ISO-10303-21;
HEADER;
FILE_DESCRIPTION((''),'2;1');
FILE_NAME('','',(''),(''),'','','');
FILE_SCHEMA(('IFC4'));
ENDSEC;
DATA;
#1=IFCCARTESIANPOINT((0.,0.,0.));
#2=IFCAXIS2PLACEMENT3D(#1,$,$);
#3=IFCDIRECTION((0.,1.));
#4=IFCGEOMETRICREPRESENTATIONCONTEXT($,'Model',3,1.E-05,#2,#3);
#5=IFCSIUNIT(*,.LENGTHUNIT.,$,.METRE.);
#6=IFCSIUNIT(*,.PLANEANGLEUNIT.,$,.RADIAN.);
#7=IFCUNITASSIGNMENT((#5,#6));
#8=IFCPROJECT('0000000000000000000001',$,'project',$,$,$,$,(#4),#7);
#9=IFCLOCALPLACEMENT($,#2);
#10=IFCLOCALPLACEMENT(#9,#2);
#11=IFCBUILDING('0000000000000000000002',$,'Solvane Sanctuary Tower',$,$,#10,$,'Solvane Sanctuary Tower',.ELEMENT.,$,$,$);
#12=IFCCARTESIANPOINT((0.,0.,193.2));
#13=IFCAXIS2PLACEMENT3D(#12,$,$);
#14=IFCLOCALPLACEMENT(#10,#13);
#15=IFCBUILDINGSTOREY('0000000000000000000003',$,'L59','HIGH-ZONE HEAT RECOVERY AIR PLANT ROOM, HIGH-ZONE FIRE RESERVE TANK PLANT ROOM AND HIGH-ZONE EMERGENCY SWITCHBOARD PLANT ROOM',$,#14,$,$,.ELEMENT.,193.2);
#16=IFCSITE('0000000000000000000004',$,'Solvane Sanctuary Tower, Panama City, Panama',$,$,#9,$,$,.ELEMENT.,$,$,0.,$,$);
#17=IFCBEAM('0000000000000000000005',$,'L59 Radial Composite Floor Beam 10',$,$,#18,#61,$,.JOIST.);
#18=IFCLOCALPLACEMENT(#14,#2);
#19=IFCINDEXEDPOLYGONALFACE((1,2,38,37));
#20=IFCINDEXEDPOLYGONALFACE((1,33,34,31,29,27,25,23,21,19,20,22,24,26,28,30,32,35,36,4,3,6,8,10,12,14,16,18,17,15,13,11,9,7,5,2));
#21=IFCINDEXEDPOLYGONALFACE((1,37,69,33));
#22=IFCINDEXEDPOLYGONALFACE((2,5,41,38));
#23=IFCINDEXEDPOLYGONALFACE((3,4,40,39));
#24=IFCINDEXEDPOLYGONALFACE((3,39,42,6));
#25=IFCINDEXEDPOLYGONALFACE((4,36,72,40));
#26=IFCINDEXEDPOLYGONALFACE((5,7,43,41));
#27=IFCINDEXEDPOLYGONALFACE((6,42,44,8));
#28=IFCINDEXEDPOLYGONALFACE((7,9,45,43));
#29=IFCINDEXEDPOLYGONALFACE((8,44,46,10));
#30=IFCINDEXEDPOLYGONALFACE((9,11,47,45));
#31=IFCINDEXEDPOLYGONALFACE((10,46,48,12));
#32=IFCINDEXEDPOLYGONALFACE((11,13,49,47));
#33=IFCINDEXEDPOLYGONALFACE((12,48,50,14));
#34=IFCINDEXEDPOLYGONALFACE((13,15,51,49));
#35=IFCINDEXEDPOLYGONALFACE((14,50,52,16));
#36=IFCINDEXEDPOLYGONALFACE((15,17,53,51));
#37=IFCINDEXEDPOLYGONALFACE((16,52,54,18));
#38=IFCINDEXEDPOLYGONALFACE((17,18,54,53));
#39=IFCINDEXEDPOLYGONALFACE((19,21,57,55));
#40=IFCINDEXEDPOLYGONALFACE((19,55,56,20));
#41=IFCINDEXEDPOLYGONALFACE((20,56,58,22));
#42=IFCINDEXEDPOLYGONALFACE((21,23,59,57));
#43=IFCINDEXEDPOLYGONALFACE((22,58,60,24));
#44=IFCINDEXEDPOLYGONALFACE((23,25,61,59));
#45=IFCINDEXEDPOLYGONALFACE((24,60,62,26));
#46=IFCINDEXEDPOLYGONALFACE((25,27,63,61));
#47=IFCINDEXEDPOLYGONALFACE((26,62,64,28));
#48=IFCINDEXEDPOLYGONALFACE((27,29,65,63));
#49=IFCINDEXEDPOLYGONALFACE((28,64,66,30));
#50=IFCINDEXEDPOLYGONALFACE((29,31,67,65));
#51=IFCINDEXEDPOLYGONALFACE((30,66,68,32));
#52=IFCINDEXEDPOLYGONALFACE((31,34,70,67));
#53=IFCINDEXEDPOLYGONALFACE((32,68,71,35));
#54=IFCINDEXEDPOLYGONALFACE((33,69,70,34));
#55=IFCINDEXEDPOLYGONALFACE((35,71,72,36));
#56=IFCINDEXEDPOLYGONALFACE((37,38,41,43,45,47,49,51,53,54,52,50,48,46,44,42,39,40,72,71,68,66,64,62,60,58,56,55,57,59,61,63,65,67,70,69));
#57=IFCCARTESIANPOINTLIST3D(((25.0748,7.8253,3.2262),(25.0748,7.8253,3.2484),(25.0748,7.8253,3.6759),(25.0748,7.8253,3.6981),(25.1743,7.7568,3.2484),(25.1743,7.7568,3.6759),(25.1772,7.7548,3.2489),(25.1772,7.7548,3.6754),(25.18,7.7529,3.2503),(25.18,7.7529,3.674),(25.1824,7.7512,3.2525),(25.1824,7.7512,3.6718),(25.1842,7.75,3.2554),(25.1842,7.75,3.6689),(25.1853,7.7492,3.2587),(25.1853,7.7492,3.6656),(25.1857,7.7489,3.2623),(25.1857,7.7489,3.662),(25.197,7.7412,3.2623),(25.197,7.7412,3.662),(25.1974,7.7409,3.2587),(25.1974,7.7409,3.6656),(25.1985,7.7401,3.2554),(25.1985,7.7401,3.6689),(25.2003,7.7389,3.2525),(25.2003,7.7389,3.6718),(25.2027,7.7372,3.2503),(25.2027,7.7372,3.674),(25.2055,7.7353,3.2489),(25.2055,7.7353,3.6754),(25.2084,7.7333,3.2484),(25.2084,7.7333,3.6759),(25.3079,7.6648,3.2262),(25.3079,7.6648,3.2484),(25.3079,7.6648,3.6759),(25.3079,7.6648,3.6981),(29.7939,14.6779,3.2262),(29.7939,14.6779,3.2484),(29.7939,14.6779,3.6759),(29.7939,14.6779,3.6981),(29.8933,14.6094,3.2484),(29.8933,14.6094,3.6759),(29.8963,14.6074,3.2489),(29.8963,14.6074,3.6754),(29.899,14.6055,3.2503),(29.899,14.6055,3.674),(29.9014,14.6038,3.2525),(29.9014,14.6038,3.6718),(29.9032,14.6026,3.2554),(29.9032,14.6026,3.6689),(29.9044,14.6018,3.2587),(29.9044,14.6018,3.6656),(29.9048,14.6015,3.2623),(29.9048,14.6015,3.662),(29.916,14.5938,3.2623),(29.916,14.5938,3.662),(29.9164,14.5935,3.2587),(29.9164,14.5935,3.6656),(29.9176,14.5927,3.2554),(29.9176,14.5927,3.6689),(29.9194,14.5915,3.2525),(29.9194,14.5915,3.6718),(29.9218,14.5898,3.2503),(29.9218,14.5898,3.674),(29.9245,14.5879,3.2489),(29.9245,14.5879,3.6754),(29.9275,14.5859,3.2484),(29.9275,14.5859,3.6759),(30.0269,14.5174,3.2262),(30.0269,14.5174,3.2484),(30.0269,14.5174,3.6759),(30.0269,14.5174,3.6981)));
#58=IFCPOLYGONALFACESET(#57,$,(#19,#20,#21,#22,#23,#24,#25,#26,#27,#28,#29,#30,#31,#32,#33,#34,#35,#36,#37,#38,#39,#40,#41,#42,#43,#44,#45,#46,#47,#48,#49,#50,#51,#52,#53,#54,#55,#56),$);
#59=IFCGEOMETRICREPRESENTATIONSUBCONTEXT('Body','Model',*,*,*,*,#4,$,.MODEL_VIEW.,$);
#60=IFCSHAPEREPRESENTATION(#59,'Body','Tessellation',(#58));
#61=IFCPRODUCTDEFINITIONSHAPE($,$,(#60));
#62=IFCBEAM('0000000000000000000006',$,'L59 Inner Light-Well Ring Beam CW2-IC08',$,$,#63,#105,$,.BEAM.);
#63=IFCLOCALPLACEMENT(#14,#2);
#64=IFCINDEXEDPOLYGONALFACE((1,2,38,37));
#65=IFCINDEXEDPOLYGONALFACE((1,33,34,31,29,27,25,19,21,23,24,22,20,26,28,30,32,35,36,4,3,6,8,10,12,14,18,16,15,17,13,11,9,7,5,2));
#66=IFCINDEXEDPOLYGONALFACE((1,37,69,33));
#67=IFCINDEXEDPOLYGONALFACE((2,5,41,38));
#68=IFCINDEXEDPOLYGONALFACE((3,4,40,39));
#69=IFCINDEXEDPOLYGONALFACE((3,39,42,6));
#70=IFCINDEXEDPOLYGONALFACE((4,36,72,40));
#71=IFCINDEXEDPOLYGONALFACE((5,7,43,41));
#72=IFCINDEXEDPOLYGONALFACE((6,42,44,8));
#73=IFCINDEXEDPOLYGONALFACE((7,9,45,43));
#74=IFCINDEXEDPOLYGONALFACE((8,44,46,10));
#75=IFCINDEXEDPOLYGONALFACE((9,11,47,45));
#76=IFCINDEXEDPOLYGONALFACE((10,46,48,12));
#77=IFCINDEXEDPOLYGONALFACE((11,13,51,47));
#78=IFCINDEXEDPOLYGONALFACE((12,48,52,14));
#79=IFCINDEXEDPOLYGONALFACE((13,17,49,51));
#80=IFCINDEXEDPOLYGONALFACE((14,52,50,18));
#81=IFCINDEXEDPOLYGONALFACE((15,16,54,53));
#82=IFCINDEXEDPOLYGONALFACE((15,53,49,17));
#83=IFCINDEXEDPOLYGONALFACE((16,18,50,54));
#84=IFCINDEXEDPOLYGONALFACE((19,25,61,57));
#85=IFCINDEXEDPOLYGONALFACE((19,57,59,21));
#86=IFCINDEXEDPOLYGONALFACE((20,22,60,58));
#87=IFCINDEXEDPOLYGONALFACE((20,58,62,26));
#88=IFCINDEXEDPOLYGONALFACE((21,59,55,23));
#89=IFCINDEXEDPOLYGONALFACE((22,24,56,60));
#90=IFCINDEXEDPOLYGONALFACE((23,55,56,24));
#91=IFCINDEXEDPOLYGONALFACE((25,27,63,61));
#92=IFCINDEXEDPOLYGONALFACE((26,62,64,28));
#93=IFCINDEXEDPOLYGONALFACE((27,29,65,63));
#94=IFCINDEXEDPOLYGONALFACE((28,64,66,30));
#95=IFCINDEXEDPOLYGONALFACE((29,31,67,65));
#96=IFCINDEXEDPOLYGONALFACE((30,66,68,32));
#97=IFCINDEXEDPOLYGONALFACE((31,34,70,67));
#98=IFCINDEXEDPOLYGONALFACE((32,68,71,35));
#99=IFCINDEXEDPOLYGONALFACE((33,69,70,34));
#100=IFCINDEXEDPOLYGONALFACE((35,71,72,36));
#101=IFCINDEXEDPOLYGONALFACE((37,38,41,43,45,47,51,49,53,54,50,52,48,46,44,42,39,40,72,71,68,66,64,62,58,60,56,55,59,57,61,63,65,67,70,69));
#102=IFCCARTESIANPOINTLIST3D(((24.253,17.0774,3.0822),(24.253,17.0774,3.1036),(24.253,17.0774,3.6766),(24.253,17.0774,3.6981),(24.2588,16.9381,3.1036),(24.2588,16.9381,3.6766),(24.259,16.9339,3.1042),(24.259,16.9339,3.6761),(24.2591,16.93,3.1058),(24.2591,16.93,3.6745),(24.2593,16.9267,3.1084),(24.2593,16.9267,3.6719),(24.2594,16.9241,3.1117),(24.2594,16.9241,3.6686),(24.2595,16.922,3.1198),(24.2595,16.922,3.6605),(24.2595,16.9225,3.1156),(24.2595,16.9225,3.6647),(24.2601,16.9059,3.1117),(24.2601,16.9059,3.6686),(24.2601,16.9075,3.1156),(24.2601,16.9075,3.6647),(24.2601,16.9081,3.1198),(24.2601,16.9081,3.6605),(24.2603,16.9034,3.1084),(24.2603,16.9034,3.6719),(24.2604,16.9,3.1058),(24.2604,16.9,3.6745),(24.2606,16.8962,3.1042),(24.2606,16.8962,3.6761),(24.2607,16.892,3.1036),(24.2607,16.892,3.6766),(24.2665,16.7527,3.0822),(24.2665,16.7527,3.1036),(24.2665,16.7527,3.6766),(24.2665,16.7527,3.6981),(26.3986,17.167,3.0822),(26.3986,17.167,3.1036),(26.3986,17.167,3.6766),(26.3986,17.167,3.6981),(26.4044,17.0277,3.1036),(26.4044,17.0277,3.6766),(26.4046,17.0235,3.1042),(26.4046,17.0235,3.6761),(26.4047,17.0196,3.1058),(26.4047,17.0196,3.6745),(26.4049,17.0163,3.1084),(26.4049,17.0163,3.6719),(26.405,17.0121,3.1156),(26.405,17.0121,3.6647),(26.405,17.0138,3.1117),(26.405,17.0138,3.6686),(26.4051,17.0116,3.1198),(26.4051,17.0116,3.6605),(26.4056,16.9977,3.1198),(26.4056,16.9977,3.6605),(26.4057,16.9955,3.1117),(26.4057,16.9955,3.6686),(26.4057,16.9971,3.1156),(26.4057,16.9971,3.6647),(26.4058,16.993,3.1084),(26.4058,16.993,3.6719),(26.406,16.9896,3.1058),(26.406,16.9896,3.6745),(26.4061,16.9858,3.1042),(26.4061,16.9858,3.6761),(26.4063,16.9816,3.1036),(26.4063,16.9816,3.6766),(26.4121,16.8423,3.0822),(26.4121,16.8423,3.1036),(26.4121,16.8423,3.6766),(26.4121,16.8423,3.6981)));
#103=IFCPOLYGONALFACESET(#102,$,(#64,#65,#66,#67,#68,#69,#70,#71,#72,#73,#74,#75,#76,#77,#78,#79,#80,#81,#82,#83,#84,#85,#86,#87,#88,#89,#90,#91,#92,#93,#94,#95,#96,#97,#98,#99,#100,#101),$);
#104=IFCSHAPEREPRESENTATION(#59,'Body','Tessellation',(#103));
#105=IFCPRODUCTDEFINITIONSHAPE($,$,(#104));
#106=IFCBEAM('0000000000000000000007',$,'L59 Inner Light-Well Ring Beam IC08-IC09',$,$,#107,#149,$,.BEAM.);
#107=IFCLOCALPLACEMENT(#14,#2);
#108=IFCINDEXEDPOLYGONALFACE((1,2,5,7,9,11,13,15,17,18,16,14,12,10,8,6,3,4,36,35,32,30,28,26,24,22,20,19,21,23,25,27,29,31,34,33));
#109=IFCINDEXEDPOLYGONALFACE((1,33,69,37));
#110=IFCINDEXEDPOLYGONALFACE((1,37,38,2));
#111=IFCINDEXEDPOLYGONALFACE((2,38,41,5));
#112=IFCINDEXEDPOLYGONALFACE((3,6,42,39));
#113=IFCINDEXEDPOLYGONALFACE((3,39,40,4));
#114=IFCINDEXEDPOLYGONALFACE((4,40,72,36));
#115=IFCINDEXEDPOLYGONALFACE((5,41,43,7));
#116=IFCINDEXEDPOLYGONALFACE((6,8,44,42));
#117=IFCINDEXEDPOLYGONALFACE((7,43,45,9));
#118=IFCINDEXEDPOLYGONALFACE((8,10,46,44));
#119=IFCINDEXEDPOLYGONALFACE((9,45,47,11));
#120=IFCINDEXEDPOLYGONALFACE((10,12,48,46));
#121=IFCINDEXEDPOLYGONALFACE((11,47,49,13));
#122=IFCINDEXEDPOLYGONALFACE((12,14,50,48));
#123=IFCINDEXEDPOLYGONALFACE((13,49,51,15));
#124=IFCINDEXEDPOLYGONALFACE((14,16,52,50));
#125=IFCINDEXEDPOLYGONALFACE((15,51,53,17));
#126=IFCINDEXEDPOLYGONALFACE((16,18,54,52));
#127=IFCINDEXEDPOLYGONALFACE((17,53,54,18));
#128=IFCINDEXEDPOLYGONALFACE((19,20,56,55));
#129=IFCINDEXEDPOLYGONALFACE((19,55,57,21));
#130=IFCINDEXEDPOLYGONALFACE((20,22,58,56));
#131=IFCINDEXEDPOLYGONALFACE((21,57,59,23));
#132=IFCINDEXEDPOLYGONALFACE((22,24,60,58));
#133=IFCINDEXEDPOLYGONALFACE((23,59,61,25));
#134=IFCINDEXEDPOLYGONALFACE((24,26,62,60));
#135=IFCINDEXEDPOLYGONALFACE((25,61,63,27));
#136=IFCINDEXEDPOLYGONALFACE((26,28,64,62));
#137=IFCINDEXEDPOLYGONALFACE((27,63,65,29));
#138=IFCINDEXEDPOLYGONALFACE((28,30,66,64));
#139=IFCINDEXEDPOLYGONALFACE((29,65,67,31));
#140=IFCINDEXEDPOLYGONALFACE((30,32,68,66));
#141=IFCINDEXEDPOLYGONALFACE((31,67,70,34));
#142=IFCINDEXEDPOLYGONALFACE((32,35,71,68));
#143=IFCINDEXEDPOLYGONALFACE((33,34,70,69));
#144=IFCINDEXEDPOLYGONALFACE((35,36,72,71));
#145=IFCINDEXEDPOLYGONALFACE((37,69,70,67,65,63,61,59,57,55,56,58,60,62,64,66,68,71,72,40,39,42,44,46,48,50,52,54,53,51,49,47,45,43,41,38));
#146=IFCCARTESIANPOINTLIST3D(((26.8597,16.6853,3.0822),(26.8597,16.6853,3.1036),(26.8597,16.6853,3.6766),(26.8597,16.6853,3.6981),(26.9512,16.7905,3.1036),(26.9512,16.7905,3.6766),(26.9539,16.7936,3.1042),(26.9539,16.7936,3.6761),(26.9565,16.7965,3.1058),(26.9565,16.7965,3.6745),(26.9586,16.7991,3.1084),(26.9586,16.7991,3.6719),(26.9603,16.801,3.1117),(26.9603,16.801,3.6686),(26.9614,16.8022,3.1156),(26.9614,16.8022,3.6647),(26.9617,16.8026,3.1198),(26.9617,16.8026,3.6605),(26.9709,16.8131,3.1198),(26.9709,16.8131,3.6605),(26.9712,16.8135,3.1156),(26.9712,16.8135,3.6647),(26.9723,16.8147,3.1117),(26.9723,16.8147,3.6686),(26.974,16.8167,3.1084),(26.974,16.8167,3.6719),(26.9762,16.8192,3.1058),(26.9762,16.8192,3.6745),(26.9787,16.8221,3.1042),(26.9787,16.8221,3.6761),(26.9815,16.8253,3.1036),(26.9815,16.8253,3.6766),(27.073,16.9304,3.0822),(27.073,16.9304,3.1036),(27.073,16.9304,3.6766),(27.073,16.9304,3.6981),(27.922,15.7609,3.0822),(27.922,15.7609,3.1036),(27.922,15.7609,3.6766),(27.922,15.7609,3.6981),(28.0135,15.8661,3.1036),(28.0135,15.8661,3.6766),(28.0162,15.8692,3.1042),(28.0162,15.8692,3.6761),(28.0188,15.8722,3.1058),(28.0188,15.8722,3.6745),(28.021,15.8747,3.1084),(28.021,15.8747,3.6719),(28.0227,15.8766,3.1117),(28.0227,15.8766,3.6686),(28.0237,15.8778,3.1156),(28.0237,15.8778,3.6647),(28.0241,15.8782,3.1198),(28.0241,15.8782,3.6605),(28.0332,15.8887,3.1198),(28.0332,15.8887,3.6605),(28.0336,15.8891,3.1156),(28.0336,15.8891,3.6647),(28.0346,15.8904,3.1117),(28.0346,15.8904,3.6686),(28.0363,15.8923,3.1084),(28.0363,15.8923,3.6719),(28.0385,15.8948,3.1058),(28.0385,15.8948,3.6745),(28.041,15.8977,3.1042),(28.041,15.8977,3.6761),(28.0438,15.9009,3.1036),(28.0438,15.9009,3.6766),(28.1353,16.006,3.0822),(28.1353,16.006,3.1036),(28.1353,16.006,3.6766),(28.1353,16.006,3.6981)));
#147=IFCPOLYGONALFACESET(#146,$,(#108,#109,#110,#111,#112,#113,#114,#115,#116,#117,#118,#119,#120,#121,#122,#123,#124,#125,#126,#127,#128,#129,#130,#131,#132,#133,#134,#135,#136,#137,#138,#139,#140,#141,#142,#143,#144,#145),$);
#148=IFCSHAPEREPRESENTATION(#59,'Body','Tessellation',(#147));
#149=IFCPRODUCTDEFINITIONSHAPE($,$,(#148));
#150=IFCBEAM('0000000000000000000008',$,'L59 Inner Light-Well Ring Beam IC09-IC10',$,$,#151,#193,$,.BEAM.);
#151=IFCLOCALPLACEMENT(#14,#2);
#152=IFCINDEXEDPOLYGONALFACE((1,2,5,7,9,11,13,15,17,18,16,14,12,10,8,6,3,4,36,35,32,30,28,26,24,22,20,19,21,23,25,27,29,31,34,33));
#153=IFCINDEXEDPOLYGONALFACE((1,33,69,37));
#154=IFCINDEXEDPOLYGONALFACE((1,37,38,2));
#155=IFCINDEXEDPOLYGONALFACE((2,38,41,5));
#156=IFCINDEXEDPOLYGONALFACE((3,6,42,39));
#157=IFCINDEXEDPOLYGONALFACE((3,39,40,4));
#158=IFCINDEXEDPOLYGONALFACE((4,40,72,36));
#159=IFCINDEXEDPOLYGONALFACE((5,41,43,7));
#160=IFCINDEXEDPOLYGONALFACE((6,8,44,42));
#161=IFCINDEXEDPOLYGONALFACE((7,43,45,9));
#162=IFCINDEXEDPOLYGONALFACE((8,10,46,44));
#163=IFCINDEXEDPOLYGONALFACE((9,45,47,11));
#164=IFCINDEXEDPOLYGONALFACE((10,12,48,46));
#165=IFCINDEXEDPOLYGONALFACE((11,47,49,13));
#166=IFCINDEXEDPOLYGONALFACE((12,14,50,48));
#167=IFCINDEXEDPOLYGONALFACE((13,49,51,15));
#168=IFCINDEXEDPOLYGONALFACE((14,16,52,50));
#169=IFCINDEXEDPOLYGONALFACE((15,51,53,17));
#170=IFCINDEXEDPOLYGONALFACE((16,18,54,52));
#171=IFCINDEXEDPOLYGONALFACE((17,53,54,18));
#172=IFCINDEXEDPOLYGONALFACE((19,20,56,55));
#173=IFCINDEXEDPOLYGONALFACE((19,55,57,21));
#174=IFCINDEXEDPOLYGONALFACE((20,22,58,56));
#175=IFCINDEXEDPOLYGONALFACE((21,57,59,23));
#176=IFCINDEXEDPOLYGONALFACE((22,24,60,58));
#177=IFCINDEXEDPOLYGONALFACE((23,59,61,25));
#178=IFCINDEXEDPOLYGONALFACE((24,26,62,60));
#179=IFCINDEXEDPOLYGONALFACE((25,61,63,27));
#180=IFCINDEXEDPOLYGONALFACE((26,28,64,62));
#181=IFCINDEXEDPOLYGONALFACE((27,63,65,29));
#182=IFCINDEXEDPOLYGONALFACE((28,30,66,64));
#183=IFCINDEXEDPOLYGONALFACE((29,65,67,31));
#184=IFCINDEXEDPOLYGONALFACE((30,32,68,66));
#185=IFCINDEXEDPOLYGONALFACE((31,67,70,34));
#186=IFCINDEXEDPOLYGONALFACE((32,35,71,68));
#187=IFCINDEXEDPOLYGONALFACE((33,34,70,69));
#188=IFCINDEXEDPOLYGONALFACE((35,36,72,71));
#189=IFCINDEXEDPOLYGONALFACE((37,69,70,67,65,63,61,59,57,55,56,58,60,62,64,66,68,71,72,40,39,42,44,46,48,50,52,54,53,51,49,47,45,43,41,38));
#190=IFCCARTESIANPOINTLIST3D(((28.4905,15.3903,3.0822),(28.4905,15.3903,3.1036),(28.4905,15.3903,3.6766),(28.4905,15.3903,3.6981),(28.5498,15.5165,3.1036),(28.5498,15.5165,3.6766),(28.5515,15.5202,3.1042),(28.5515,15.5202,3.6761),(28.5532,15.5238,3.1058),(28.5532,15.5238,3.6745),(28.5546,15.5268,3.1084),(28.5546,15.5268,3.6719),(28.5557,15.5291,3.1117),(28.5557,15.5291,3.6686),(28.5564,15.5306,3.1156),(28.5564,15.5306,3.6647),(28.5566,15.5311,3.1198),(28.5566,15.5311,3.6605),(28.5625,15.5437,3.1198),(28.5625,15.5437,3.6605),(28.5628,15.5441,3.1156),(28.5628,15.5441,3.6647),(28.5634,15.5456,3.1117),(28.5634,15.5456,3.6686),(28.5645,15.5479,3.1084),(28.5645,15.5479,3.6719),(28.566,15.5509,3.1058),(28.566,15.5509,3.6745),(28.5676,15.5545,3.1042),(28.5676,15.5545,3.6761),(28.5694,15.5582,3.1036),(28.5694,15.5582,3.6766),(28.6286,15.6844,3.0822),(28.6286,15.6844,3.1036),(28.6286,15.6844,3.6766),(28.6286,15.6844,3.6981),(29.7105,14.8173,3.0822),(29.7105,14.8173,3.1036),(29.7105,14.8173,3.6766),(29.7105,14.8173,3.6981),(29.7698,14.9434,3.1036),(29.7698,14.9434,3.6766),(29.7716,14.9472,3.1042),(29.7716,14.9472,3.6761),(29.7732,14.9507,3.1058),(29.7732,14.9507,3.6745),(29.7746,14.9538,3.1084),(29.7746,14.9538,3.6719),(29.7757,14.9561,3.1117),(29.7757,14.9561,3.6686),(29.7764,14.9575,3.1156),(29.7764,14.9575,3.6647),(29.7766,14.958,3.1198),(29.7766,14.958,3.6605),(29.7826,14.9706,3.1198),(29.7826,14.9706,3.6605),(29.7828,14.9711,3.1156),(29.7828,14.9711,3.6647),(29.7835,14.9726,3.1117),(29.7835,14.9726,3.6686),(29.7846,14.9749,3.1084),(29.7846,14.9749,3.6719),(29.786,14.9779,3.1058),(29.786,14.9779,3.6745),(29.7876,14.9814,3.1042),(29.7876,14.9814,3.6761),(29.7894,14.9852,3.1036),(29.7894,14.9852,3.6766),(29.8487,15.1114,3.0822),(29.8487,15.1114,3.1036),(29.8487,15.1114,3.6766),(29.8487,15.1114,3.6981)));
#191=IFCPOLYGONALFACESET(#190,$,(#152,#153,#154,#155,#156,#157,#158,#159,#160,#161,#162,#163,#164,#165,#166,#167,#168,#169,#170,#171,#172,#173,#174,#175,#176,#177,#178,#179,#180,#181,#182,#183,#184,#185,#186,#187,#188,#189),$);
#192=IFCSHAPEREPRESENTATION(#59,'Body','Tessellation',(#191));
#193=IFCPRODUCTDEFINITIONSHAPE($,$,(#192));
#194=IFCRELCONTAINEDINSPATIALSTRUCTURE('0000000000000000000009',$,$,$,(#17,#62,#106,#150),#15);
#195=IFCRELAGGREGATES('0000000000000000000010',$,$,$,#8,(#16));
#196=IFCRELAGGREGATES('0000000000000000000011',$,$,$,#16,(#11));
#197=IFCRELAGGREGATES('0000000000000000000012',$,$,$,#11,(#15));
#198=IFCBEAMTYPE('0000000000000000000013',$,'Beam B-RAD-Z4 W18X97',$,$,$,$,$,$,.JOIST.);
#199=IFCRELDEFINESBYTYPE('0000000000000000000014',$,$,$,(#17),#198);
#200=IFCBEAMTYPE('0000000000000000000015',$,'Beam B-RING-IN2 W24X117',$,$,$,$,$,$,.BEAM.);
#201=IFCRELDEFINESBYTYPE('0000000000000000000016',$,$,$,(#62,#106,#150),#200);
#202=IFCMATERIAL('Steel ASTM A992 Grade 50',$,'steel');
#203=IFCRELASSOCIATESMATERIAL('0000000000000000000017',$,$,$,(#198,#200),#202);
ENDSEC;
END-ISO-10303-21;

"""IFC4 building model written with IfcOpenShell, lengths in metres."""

from ifc_helpers import new_model, si_unit, direction, frame, origin, origin_2d, place, context, subcontext, project, spatial, i_section, extrude, material, material_profile, profile_set, type_object, element, save


model = new_model("IFC4")

# Units and contexts
model_context = context("Model", 3, precision=1e-05, world=origin(), true_north=direction((0.0, 1.0)))
body_context = subcontext(model_context, "Body", "Model", "MODEL_VIEW")
ifc_project = project(units=[si_unit("LENGTHUNIT", "METRE"), si_unit("PLANEANGLEUNIT", "RADIAN")], contexts=[model_context])

# Site, building, storey
site_placement = place(None, origin())
site = spatial("IfcSite", under=ifc_project, at=site_placement, Name="Solvane Sanctuary Tower, Panama City, Panama", CompositionType="ELEMENT", RefElevation=0.0)
building_placement = place(site_placement, origin())
building = spatial("IfcBuilding", under=site, at=building_placement, Name="Solvane Sanctuary Tower", LongName="Solvane Sanctuary Tower", CompositionType="ELEMENT")
storey_placement = place(building_placement, frame((0.0, 0.0, 193.2)))
storey = spatial("IfcBuildingStorey", under=building, at=storey_placement, Name="L59", Description="HIGH-ZONE HEAT RECOVERY AIR PLANT ROOM, HIGH-ZONE FIRE RESERVE TANK PLANT ROOM AND HIGH-ZONE EMERGENCY SWITCHBOARD PLANT ROOM", CompositionType="ELEMENT", Elevation=193.2)

# Beams
ifc_material_1 = material(Name="Steel ASTM A992 Grade 50", Category="steel")
ifc_material_profile_1 = material_profile(ifc_material_1, i_section(OverallWidth=0.283, OverallDepth=0.4719, WebThickness=0.0137, FlangeThickness=0.0222, FilletRadius=0.0139, at=origin_2d()), Name="W18X97")
ifc_profile_set_1 = profile_set([ifc_material_profile_1], Name="Steel ASTM A992 Grade 50")
beam_type_1 = type_object("IfcBeamType", Name="Beam B-RAD-Z4 W18X97", PredefinedType="JOIST", material=ifc_profile_set_1)
beam_1_placement = place(storey_placement, frame((29.9104, 14.5977, 3.4622), z_axis=(-0.567171, -0.8236, 0.0), x_axis=(0.8236, -0.567171, 0.0)))
element("IfcBeam", 1, at=beam_1_placement, inside=storey, type_object=beam_type_1, Name="L59 Radial Composite Floor Beam 10", PredefinedType="JOIST", context=body_context, shape_type="SweptSolid", body=[
    extrude(i_section(OverallWidth=0.283, OverallDepth=0.4719, WebThickness=0.0137, FlangeThickness=0.0222, FilletRadius=0.0139, at=origin_2d()), origin(), (0.0, 0.0, 1.0), 8.3203),
])
ifc_material_profile_2 = material_profile(ifc_material_1, i_section(OverallWidth=0.325, OverallDepth=0.616, WebThickness=0.0139, FlangeThickness=0.0215, FilletRadius=0.0161, at=origin_2d()), Name="W24X117")
ifc_profile_set_2 = profile_set([ifc_material_profile_2], Name="Steel ASTM A992 Grade 50")
beam_type_2 = type_object("IfcBeamType", Name="Beam B-RING-IN2 W24X117", PredefinedType="BEAM", material=ifc_profile_set_2)
beam_2_placement = place(storey_placement, frame((24.2598, 16.915, 3.3901), z_axis=(0.999129, 0.041725, 0.0), x_axis=(-0.041725, 0.999129, 0.0)))
element("IfcBeam", 2, at=beam_2_placement, inside=storey, type_object=beam_type_2, Name="L59 Inner Light-Well Ring Beam CW2-IC08", PredefinedType="BEAM", context=body_context, shape_type="SweptSolid", body=[
    extrude(i_section(OverallWidth=0.325, OverallDepth=0.616, WebThickness=0.0139, FlangeThickness=0.0215, FilletRadius=0.0161, at=origin_2d()), origin(), (0.0, 0.0, 1.0), 2.1475),
])
beam_3_placement = place(storey_placement, frame((26.9663, 16.8079, 3.3901), z_axis=(0.754389, -0.656428, 0.0), x_axis=(0.656428, 0.754389, 0.0)))
element("IfcBeam", 3, at=beam_3_placement, inside=storey, type_object=beam_type_2, Name="L59 Inner Light-Well Ring Beam IC08-IC09", PredefinedType="BEAM", context=body_context, shape_type="SweptSolid", body=[
    extrude(i_section(OverallWidth=0.325, OverallDepth=0.616, WebThickness=0.0139, FlangeThickness=0.0215, FilletRadius=0.0161, at=origin_2d()), origin(), (0.0, 0.0, 1.0), 1.4082),
])
beam_4_placement = place(storey_placement, frame((28.5596, 15.5374, 3.3901), z_axis=(0.905135, -0.425125, 0.0), x_axis=(0.425125, 0.905135, 0.0)))
element("IfcBeam", 4, at=beam_4_placement, inside=storey, type_object=beam_type_2, Name="L59 Inner Light-Well Ring Beam IC09-IC10", PredefinedType="BEAM", context=body_context, shape_type="SweptSolid", body=[
    extrude(i_section(OverallWidth=0.325, OverallDepth=0.616, WebThickness=0.0139, FlangeThickness=0.0215, FilletRadius=0.0161, at=origin_2d()), origin(), (0.0, 0.0, 1.0), 1.3479),
])

save(model, "model.ifc")
